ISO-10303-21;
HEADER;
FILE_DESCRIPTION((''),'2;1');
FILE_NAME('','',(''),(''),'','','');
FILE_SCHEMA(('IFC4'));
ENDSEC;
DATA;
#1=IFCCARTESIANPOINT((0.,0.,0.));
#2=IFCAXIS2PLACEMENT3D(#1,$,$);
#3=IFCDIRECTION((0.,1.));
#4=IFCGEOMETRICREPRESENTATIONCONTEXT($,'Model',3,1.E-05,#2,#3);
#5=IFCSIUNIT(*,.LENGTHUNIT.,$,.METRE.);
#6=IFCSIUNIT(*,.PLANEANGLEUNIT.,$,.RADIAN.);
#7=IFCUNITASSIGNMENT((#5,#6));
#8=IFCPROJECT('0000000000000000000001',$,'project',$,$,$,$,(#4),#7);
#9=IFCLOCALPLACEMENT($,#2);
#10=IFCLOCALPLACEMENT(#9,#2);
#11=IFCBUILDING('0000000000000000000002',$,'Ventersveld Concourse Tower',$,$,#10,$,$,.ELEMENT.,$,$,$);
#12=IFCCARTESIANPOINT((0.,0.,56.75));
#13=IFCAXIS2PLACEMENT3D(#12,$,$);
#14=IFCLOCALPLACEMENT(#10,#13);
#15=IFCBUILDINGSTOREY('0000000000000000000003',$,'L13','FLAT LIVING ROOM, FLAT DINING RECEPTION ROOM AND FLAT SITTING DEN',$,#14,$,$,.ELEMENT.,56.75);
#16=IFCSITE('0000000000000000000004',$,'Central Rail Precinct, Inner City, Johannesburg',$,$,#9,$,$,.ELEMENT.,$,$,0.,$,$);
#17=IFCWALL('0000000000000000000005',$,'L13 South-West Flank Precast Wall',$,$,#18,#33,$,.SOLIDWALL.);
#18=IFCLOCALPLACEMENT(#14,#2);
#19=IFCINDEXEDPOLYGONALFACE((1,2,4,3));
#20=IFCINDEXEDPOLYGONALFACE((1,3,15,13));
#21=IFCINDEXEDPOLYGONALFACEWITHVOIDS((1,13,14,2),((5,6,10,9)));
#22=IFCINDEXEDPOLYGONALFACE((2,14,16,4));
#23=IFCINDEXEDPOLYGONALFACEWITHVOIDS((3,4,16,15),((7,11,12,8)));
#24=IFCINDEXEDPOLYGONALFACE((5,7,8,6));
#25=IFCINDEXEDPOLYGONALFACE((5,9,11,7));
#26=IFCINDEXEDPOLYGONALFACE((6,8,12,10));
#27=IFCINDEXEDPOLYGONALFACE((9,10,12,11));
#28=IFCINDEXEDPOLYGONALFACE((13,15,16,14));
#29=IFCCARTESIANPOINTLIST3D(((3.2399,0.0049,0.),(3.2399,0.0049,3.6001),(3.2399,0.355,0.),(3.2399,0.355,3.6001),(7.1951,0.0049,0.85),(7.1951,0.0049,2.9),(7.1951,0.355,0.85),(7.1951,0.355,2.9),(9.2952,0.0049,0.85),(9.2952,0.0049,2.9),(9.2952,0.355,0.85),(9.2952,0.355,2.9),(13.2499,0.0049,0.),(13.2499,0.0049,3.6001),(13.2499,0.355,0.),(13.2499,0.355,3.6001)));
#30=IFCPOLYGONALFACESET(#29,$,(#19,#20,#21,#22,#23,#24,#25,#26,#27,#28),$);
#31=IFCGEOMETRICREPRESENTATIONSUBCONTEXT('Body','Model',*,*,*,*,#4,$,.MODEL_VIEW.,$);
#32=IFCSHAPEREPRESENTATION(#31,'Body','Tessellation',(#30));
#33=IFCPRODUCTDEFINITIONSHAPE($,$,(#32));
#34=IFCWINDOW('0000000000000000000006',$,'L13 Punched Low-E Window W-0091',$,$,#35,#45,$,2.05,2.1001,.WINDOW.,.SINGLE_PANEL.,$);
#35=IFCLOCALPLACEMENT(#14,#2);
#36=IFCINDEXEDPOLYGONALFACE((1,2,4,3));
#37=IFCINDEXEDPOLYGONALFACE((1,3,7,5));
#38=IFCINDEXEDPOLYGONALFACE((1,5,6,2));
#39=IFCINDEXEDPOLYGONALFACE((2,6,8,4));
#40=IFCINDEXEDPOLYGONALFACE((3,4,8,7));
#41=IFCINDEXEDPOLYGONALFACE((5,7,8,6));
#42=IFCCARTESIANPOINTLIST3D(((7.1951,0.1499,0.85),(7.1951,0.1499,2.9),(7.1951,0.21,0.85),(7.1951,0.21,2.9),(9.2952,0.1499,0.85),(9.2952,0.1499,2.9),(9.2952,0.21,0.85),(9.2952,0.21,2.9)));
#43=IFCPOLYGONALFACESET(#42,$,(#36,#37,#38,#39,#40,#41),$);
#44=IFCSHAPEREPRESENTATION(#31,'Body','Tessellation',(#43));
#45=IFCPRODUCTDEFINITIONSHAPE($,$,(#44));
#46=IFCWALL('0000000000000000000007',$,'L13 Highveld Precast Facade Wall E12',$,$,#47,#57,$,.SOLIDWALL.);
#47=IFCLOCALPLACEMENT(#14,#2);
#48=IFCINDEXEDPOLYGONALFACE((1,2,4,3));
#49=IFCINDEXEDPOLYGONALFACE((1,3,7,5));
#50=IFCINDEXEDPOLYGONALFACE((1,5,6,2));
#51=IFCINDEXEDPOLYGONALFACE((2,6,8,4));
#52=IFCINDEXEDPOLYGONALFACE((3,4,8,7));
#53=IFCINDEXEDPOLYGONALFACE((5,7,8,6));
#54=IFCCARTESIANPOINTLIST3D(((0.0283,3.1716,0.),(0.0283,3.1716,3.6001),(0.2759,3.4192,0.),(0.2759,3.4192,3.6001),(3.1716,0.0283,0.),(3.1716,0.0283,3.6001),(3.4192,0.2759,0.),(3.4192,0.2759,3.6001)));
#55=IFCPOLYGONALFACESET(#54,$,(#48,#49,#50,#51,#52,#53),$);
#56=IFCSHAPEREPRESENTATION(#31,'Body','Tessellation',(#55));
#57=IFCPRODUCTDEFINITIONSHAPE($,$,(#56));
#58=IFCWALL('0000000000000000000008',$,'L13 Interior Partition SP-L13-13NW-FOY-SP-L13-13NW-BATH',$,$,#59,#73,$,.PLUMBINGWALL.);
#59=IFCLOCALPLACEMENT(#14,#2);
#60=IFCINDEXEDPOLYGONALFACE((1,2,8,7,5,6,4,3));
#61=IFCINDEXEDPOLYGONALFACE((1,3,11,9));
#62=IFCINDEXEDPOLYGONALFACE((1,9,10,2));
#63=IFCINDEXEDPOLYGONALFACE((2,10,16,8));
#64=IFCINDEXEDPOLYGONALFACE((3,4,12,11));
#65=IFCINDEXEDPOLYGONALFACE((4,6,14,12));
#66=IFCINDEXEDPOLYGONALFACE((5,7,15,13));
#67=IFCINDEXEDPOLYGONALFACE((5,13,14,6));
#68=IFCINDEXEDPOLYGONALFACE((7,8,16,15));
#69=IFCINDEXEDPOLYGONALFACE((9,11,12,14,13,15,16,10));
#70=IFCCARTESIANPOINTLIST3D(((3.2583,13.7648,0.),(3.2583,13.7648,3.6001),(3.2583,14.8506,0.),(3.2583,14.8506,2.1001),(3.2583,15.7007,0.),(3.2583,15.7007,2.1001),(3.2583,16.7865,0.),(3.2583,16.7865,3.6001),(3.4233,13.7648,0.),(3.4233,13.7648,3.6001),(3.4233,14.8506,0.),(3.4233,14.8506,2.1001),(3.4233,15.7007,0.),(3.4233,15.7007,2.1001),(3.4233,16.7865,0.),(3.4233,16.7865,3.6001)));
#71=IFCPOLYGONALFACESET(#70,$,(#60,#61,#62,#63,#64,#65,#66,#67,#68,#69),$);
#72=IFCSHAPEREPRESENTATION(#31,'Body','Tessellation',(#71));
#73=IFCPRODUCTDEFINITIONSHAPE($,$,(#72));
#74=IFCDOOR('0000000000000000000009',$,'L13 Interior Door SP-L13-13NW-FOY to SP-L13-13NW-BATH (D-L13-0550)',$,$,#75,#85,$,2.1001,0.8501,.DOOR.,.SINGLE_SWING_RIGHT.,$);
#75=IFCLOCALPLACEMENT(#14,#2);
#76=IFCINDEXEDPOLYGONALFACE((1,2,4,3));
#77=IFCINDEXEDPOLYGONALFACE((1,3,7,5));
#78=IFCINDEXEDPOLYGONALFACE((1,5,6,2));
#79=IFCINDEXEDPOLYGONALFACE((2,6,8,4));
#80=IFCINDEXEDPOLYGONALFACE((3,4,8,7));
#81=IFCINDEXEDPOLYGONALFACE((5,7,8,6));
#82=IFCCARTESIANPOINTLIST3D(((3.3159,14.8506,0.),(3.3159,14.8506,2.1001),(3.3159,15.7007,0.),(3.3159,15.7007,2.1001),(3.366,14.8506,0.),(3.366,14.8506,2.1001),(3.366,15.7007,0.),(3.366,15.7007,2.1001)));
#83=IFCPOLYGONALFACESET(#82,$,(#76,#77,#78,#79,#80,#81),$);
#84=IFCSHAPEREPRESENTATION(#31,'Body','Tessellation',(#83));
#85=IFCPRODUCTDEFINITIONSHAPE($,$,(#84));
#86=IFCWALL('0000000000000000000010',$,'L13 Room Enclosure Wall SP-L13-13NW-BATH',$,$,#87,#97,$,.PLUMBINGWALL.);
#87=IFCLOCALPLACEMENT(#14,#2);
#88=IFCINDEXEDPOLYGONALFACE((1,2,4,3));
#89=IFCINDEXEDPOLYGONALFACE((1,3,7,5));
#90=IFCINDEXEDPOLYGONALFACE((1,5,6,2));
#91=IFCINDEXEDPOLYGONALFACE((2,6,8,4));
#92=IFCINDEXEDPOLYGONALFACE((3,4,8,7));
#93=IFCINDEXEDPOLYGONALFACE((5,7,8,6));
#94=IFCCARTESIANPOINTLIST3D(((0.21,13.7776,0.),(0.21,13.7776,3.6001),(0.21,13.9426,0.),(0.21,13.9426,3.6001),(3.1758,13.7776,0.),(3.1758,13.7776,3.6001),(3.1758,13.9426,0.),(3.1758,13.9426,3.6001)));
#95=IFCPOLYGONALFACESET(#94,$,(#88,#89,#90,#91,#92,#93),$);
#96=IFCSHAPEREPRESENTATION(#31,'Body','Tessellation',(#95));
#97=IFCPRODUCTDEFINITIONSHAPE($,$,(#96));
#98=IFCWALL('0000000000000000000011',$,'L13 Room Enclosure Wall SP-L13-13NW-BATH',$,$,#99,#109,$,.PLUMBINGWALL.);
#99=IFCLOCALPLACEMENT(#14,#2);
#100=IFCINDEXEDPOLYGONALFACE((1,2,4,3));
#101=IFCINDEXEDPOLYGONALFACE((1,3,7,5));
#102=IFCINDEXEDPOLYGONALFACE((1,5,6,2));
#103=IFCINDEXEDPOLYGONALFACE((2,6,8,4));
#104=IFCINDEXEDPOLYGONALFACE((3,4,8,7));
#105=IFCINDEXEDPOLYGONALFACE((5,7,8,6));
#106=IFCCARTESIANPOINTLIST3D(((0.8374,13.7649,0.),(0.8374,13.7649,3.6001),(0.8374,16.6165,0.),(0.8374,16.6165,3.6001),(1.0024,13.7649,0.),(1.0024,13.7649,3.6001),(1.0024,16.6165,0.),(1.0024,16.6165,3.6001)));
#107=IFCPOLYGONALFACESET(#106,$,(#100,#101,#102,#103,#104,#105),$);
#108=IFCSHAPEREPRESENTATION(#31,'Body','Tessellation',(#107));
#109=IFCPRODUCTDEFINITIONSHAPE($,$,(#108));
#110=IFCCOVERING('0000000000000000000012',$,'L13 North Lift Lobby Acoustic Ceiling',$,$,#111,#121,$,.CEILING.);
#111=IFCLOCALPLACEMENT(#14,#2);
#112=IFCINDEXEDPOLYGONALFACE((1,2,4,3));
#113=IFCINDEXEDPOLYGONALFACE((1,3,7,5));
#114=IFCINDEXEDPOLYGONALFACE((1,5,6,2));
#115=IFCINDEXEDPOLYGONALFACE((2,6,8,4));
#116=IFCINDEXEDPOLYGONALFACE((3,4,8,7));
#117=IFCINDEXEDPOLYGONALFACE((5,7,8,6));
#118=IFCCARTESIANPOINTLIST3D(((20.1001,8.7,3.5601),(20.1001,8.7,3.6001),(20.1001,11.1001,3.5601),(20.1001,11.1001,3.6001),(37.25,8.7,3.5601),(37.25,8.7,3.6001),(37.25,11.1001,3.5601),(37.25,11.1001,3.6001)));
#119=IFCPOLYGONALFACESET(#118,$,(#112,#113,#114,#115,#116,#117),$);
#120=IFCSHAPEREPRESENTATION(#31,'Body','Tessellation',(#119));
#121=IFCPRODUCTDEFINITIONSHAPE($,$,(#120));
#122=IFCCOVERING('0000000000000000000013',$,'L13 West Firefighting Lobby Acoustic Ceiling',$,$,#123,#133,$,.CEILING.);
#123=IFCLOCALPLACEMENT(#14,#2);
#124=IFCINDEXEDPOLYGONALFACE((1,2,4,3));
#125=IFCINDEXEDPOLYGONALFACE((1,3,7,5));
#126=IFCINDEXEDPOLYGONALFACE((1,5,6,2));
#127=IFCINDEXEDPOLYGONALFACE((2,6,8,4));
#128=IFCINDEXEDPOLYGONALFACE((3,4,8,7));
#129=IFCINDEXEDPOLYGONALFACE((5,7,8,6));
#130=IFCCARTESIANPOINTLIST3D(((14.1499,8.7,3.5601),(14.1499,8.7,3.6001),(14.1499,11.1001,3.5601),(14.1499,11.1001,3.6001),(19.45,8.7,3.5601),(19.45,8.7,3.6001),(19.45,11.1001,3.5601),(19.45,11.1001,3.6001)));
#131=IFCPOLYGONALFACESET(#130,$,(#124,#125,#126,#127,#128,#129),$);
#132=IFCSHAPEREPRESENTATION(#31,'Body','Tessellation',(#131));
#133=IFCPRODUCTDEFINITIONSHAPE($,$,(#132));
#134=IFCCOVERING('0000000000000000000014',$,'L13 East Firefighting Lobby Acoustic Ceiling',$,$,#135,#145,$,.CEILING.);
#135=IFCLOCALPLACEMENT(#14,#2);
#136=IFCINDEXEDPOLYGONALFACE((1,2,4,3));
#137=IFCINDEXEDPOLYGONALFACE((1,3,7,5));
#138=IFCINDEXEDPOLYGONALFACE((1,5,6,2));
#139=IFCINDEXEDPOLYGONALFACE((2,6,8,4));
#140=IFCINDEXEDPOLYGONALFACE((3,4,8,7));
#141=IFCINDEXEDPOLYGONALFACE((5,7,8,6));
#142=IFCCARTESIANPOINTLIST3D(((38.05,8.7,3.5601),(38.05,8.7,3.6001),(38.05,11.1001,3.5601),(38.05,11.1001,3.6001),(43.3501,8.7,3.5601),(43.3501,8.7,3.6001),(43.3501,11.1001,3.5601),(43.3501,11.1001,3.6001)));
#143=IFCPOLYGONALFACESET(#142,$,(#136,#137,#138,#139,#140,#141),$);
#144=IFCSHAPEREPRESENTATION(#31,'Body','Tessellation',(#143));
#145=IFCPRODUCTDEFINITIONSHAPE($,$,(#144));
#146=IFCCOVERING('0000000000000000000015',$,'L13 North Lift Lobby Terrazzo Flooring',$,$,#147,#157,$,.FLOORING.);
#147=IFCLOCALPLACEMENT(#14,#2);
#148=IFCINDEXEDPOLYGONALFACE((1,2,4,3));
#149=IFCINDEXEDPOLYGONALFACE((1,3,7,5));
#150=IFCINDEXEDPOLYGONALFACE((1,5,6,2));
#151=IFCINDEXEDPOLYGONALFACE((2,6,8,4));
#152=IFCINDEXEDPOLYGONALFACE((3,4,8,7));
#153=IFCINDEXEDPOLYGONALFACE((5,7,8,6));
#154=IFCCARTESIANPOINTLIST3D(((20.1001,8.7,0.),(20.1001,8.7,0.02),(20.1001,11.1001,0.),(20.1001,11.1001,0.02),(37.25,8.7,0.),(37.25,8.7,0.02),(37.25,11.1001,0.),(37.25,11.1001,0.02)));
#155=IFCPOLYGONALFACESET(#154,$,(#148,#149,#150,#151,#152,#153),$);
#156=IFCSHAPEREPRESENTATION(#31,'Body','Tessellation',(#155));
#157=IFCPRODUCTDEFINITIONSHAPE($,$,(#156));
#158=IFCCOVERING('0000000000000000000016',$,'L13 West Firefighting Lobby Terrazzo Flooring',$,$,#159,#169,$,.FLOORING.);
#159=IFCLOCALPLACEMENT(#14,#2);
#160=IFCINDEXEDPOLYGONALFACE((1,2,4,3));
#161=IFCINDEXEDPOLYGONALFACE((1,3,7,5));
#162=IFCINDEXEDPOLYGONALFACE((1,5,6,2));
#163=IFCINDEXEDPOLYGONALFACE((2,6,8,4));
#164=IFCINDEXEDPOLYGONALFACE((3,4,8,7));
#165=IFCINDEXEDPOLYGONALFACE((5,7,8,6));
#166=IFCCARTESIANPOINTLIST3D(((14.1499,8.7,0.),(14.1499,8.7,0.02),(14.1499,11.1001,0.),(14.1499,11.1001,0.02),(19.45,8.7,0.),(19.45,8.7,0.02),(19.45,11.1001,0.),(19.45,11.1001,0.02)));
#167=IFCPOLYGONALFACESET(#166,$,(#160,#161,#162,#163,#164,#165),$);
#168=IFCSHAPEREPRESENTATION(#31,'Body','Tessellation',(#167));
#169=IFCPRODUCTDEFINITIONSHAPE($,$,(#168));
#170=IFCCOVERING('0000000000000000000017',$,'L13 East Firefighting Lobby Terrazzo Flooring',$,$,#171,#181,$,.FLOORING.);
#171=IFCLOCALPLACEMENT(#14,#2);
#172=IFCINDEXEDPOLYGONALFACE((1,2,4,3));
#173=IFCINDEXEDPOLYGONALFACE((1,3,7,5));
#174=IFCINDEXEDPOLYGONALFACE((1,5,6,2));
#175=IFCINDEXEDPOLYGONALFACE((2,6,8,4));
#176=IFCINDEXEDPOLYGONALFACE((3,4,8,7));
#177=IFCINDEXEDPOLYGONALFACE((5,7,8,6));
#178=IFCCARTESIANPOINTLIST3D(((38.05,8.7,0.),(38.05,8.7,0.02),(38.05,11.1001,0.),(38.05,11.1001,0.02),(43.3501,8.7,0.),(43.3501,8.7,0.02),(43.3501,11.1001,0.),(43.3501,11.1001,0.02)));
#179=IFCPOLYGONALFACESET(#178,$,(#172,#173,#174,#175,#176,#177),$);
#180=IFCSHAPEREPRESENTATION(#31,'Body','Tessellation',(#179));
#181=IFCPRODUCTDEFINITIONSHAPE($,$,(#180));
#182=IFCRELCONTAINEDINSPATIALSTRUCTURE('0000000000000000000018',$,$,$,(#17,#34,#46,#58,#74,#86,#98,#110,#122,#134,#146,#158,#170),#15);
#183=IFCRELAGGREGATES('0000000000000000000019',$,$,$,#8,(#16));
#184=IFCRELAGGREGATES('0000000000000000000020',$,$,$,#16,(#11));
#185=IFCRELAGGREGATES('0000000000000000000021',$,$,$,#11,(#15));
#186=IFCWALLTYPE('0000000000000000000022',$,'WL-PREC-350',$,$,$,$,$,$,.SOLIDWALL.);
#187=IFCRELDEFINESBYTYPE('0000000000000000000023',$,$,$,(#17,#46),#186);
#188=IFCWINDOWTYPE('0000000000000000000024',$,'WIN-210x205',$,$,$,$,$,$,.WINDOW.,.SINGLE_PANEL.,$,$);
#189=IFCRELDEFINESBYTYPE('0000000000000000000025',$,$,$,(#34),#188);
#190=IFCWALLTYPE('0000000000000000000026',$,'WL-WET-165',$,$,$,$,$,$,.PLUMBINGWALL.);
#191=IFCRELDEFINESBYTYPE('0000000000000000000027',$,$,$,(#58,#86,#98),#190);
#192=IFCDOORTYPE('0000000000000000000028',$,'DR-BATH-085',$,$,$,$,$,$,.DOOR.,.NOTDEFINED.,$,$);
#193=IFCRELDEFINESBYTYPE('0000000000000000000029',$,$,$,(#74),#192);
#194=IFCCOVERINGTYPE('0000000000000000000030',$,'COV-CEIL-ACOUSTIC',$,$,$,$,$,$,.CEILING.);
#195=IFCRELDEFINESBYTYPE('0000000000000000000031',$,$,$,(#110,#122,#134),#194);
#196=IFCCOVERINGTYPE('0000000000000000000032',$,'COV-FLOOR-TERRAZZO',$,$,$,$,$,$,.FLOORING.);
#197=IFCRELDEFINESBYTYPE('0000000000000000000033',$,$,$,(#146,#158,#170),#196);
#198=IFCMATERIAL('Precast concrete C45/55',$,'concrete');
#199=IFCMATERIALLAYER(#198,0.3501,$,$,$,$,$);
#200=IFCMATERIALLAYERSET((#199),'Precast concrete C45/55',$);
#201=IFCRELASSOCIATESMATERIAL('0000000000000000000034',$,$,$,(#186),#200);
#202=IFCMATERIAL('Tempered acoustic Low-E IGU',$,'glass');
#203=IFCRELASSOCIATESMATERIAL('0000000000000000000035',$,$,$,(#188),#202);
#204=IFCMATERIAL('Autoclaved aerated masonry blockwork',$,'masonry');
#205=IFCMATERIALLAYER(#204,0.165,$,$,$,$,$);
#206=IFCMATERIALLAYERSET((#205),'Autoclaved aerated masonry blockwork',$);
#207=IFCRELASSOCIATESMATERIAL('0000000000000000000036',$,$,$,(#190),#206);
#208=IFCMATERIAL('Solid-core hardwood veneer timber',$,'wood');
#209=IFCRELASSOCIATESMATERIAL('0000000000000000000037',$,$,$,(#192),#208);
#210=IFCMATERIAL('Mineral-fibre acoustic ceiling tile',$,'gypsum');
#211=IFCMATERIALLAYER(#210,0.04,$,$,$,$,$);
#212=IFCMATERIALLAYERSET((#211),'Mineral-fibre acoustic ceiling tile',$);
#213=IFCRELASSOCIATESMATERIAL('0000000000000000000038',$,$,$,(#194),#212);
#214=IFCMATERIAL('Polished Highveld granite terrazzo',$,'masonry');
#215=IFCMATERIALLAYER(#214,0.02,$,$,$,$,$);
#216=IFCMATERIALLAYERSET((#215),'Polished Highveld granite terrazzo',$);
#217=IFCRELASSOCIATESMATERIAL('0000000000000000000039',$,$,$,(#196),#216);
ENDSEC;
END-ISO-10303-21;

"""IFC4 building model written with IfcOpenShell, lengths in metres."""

from ifc_helpers import new_model, si_unit, direction, frame, frame_2d, origin, place, context, subcontext, project, spatial, polyline, rectangle, outline, extrude, material, layer, layer_set, type_object, element, fill, save


model = new_model("IFC4")

# Units and contexts
model_context = context("Model", 3, precision=1e-05, world=origin(), true_north=direction((0.0, 1.0)))
body_context = subcontext(model_context, "Body", "Model", "MODEL_VIEW")
ifc_project = project(units=[si_unit("LENGTHUNIT", "METRE"), si_unit("PLANEANGLEUNIT", "RADIAN")], contexts=[model_context])

# Site, building, storey
site_placement = place(None, origin())
site = spatial("IfcSite", under=ifc_project, at=site_placement, Name="Central Rail Precinct, Inner City, Johannesburg", CompositionType="ELEMENT", RefElevation=0.0)
building_placement = place(site_placement, origin())
building = spatial("IfcBuilding", under=site, at=building_placement, Name="Ventersveld Concourse Tower", CompositionType="ELEMENT")
storey_placement = place(building_placement, frame((0.0, 0.0, 56.75)))
storey = spatial("IfcBuildingStorey", under=building, at=storey_placement, Name="L13", Description="FLAT LIVING ROOM, FLAT DINING RECEPTION ROOM AND FLAT SITTING DEN", CompositionType="ELEMENT", Elevation=56.75)

# Wall, opening, window
ifc_material_1 = material(Name="Precast concrete C45/55", Category="concrete")
ifc_layer_1 = layer(ifc_material_1, 0.3501)
ifc_layer_set_1 = layer_set([ifc_layer_1], Name="Precast concrete C45/55")
wall_type_1 = type_object("IfcWallType", Name="WL-PREC-350", PredefinedType="SOLIDWALL", material=ifc_layer_set_1)
wall_1_placement = place(storey_placement, frame((3.24, 0.1799, 0.0), z_axis=(0.0, 0.0, 1.0), x_axis=(1.0, 0.0, 0.0)))
wall_1 = element("IfcWall", 1, at=wall_1_placement, inside=storey, type_object=wall_type_1, Name="L13 South-West Flank Precast Wall", PredefinedType="SOLIDWALL", context=body_context, shape_type="SweptSolid", body=[
    extrude(rectangle(XDim=10.01, YDim=0.3501, at=frame_2d((5.0049, 0.0))), origin(), (0.0, 0.0, 1.0), 3.6001),
])
opening_1_placement = place(wall_1_placement, frame((3.9551, 0.0, 0.8501)))
opening_1 = element("IfcOpeningElement", 2, at=opening_1_placement, cuts=wall_1, PredefinedType="OPENING", context=body_context, shape_type="SweptSolid", body=[
    extrude(rectangle(XDim=2.1001, YDim=2.05, at=frame_2d((1.05, 1.0249))), frame((0.0, 0.1851, 0.0), z_axis=(0.0, -1.0, 0.0), x_axis=(1.0, 0.0, 0.0)), (0.0, 0.0, 1.0), 0.3701),
])
ifc_material_2 = material(Name="Tempered acoustic Low-E IGU", Category="glass")
window_type = type_object("IfcWindowType", Name="WIN-210x205", PartitioningType="SINGLE_PANEL", PredefinedType="WINDOW", material=ifc_material_2)
window_placement = place(opening_1_placement, origin())
window = element("IfcWindow", 3, at=window_placement, inside=storey, type_object=window_type, Name="L13 Punched Low-E Window W-0091", OverallHeight=2.05, OverallWidth=2.1001, PartitioningType="SINGLE_PANEL", PredefinedType="WINDOW", context=body_context, shape_type="SweptSolid", body=[
    extrude(rectangle(XDim=2.1001, YDim=2.05, at=frame_2d((1.05, 1.0249))), frame((0.0, 0.03, 0.0), z_axis=(0.0, -1.0, 0.0), x_axis=(1.0, 0.0, 0.0)), (0.0, 0.0, 1.0), 0.0601),
])
fill(opening_1, window)

# Wall
wall_2_placement = place(storey_placement, frame((0.1521, 3.2954, 0.0), z_axis=(0.0, 0.0, 1.0), x_axis=(0.707107, -0.707107, 0.0)))
element("IfcWall", 4, at=wall_2_placement, inside=storey, type_object=wall_type_1, Name="L13 Highveld Precast Facade Wall E12", PredefinedType="SOLIDWALL", context=body_context, shape_type="SweptSolid", body=[
    extrude(rectangle(XDim=4.4453, YDim=0.3501, at=frame_2d((2.2227, 0.0))), origin(), (0.0, 0.0, 1.0), 3.6001),
])

# Wall, opening, door
ifc_material_3 = material(Name="Autoclaved aerated masonry blockwork", Category="masonry")
ifc_layer_2 = layer(ifc_material_3, 0.165)
ifc_layer_set_2 = layer_set([ifc_layer_2], Name="Autoclaved aerated masonry blockwork")
wall_type_2 = type_object("IfcWallType", Name="WL-WET-165", PredefinedType="PLUMBINGWALL", material=ifc_layer_set_2)
wall_3_placement = place(storey_placement, frame((3.3408, 13.7649, 0.0), z_axis=(0.0, 0.0, 1.0), x_axis=(0.0, 1.0, 0.0)))
wall_3 = element("IfcWall", 5, at=wall_3_placement, inside=storey, type_object=wall_type_2, Name="L13 Interior Partition SP-L13-13NW-FOY-SP-L13-13NW-BATH", PredefinedType="PLUMBINGWALL", context=body_context, shape_type="SweptSolid", body=[
    extrude(rectangle(XDim=3.0217, YDim=0.165, at=frame_2d((1.5107, 0.0))), origin(), (0.0, 0.0, 1.0), 3.6001),
])
opening_2_placement = place(wall_3_placement, frame((1.0857, 0.0, 0.0)))
opening_2 = element("IfcOpeningElement", 6, at=opening_2_placement, cuts=wall_3, PredefinedType="OPENING", context=body_context, shape_type="SweptSolid", body=[
    extrude(rectangle(XDim=0.8501, YDim=2.1001, at=frame_2d((0.425, 1.05))), frame((0.0, 0.0925, 0.0), z_axis=(0.0, -1.0, 0.0), x_axis=(1.0, 0.0, 0.0)), (0.0, 0.0, 1.0), 0.1851),
])
ifc_material_4 = material(Name="Solid-core hardwood veneer timber", Category="wood")
door_type = type_object("IfcDoorType", Name="DR-BATH-085", OperationType="NOTDEFINED", PredefinedType="DOOR", material=ifc_material_4)
door_placement = place(opening_2_placement, origin())
door = element("IfcDoor", 7, at=door_placement, inside=storey, type_object=door_type, Name="L13 Interior Door SP-L13-13NW-FOY to SP-L13-13NW-BATH (D-L13-0550)", OperationType="SINGLE_SWING_RIGHT", OverallHeight=2.1001, OverallWidth=0.8501, PredefinedType="DOOR", context=body_context, shape_type="SweptSolid", body=[
    extrude(rectangle(XDim=0.8501, YDim=2.1001, at=frame_2d((0.425, 1.05))), frame((0.0, 0.0249, 0.0), z_axis=(0.0, -1.0, 0.0), x_axis=(1.0, 0.0, 0.0)), (0.0, 0.0, 1.0), 0.05),
])
fill(opening_2, door)

# Walls
wall_4_placement = place(storey_placement, frame((3.1758, 13.8601, 0.0), z_axis=(0.0, 0.0, 1.0), x_axis=(-1.0, 0.0, 0.0)))
element("IfcWall", 8, at=wall_4_placement, inside=storey, type_object=wall_type_2, Name="L13 Room Enclosure Wall SP-L13-13NW-BATH", PredefinedType="PLUMBINGWALL", context=body_context, shape_type="SweptSolid", body=[
    extrude(rectangle(XDim=2.9658, YDim=0.165, at=frame_2d((1.4829, 0.0))), origin(), (0.0, 0.0, 1.0), 3.6001),
])
wall_5_placement = place(storey_placement, frame((0.9199, 13.7649, 0.0), z_axis=(0.0, 0.0, 1.0), x_axis=(0.0, 1.0, 0.0)))
element("IfcWall", 9, at=wall_5_placement, inside=storey, type_object=wall_type_2, Name="L13 Room Enclosure Wall SP-L13-13NW-BATH", PredefinedType="PLUMBINGWALL", context=body_context, shape_type="SweptSolid", body=[
    extrude(rectangle(XDim=2.8516, YDim=0.165, at=frame_2d((1.4258, 0.0))), origin(), (0.0, 0.0, 1.0), 3.6001),
])

# Coverings
ifc_material_5 = material(Name="Mineral-fibre acoustic ceiling tile", Category="gypsum")
ifc_layer_3 = layer(ifc_material_5, 0.04)
ifc_layer_set_3 = layer_set([ifc_layer_3], Name="Mineral-fibre acoustic ceiling tile")
covering_type_1 = type_object("IfcCoveringType", Name="COV-CEIL-ACOUSTIC", PredefinedType="CEILING", material=ifc_layer_set_3)
covering_1_placement = place(storey_placement, frame((0.0, 0.0, 3.5601)))
element("IfcCovering", 10, at=covering_1_placement, inside=storey, type_object=covering_type_1, Name="L13 North Lift Lobby Acoustic Ceiling", PredefinedType="CEILING", context=body_context, shape_type="SweptSolid", body=[
    extrude(outline(polyline([(20.1001, 8.7), (37.25, 8.7), (37.25, 11.1001), (20.1001, 11.1001), (20.1001, 8.7)])), origin(), (0.0, 0.0, 1.0), 0.04),
])
covering_2_placement = place(storey_placement, frame((0.0, 0.0, 3.5601)))
element("IfcCovering", 11, at=covering_2_placement, inside=storey, type_object=covering_type_1, Name="L13 West Firefighting Lobby Acoustic Ceiling", PredefinedType="CEILING", context=body_context, shape_type="SweptSolid", body=[
    extrude(outline(polyline([(14.1499, 8.7), (19.45, 8.7), (19.45, 11.1001), (14.1499, 11.1001), (14.1499, 8.7)])), origin(), (0.0, 0.0, 1.0), 0.04),
])
covering_3_placement = place(storey_placement, frame((0.0, 0.0, 3.5601)))
element("IfcCovering", 12, at=covering_3_placement, inside=storey, type_object=covering_type_1, Name="L13 East Firefighting Lobby Acoustic Ceiling", PredefinedType="CEILING", context=body_context, shape_type="SweptSolid", body=[
    extrude(outline(polyline([(38.05, 8.7), (43.3501, 8.7), (43.3501, 11.1001), (38.05, 11.1001), (38.05, 8.7)])), origin(), (0.0, 0.0, 1.0), 0.04),
])
ifc_material_6 = material(Name="Polished Highveld granite terrazzo", Category="masonry")
ifc_layer_4 = layer(ifc_material_6, 0.02)
ifc_layer_set_4 = layer_set([ifc_layer_4], Name="Polished Highveld granite terrazzo")
covering_type_2 = type_object("IfcCoveringType", Name="COV-FLOOR-TERRAZZO", PredefinedType="FLOORING", material=ifc_layer_set_4)
covering_4_placement = place(storey_placement, origin())
element("IfcCovering", 13, at=covering_4_placement, inside=storey, type_object=covering_type_2, Name="L13 North Lift Lobby Terrazzo Flooring", PredefinedType="FLOORING", context=body_context, shape_type="SweptSolid", body=[
    extrude(outline(polyline([(20.1001, 8.7), (37.25, 8.7), (37.25, 11.1001), (20.1001, 11.1001), (20.1001, 8.7)])), origin(), (0.0, 0.0, 1.0), 0.02),
])
covering_5_placement = place(storey_placement, origin())
element("IfcCovering", 14, at=covering_5_placement, inside=storey, type_object=covering_type_2, Name="L13 West Firefighting Lobby Terrazzo Flooring", PredefinedType="FLOORING", context=body_context, shape_type="SweptSolid", body=[
    extrude(outline(polyline([(14.1499, 8.7), (19.45, 8.7), (19.45, 11.1001), (14.1499, 11.1001), (14.1499, 8.7)])), origin(), (0.0, 0.0, 1.0), 0.02),
])
covering_6_placement = place(storey_placement, origin())
element("IfcCovering", 15, at=covering_6_placement, inside=storey, type_object=covering_type_2, Name="L13 East Firefighting Lobby Terrazzo Flooring", PredefinedType="FLOORING", context=body_context, shape_type="SweptSolid", body=[
    extrude(outline(polyline([(38.05, 8.7), (43.3501, 8.7), (43.3501, 11.1001), (38.05, 11.1001), (38.05, 8.7)])), origin(), (0.0, 0.0, 1.0), 0.02),
])

save(model, "model.ifc")
